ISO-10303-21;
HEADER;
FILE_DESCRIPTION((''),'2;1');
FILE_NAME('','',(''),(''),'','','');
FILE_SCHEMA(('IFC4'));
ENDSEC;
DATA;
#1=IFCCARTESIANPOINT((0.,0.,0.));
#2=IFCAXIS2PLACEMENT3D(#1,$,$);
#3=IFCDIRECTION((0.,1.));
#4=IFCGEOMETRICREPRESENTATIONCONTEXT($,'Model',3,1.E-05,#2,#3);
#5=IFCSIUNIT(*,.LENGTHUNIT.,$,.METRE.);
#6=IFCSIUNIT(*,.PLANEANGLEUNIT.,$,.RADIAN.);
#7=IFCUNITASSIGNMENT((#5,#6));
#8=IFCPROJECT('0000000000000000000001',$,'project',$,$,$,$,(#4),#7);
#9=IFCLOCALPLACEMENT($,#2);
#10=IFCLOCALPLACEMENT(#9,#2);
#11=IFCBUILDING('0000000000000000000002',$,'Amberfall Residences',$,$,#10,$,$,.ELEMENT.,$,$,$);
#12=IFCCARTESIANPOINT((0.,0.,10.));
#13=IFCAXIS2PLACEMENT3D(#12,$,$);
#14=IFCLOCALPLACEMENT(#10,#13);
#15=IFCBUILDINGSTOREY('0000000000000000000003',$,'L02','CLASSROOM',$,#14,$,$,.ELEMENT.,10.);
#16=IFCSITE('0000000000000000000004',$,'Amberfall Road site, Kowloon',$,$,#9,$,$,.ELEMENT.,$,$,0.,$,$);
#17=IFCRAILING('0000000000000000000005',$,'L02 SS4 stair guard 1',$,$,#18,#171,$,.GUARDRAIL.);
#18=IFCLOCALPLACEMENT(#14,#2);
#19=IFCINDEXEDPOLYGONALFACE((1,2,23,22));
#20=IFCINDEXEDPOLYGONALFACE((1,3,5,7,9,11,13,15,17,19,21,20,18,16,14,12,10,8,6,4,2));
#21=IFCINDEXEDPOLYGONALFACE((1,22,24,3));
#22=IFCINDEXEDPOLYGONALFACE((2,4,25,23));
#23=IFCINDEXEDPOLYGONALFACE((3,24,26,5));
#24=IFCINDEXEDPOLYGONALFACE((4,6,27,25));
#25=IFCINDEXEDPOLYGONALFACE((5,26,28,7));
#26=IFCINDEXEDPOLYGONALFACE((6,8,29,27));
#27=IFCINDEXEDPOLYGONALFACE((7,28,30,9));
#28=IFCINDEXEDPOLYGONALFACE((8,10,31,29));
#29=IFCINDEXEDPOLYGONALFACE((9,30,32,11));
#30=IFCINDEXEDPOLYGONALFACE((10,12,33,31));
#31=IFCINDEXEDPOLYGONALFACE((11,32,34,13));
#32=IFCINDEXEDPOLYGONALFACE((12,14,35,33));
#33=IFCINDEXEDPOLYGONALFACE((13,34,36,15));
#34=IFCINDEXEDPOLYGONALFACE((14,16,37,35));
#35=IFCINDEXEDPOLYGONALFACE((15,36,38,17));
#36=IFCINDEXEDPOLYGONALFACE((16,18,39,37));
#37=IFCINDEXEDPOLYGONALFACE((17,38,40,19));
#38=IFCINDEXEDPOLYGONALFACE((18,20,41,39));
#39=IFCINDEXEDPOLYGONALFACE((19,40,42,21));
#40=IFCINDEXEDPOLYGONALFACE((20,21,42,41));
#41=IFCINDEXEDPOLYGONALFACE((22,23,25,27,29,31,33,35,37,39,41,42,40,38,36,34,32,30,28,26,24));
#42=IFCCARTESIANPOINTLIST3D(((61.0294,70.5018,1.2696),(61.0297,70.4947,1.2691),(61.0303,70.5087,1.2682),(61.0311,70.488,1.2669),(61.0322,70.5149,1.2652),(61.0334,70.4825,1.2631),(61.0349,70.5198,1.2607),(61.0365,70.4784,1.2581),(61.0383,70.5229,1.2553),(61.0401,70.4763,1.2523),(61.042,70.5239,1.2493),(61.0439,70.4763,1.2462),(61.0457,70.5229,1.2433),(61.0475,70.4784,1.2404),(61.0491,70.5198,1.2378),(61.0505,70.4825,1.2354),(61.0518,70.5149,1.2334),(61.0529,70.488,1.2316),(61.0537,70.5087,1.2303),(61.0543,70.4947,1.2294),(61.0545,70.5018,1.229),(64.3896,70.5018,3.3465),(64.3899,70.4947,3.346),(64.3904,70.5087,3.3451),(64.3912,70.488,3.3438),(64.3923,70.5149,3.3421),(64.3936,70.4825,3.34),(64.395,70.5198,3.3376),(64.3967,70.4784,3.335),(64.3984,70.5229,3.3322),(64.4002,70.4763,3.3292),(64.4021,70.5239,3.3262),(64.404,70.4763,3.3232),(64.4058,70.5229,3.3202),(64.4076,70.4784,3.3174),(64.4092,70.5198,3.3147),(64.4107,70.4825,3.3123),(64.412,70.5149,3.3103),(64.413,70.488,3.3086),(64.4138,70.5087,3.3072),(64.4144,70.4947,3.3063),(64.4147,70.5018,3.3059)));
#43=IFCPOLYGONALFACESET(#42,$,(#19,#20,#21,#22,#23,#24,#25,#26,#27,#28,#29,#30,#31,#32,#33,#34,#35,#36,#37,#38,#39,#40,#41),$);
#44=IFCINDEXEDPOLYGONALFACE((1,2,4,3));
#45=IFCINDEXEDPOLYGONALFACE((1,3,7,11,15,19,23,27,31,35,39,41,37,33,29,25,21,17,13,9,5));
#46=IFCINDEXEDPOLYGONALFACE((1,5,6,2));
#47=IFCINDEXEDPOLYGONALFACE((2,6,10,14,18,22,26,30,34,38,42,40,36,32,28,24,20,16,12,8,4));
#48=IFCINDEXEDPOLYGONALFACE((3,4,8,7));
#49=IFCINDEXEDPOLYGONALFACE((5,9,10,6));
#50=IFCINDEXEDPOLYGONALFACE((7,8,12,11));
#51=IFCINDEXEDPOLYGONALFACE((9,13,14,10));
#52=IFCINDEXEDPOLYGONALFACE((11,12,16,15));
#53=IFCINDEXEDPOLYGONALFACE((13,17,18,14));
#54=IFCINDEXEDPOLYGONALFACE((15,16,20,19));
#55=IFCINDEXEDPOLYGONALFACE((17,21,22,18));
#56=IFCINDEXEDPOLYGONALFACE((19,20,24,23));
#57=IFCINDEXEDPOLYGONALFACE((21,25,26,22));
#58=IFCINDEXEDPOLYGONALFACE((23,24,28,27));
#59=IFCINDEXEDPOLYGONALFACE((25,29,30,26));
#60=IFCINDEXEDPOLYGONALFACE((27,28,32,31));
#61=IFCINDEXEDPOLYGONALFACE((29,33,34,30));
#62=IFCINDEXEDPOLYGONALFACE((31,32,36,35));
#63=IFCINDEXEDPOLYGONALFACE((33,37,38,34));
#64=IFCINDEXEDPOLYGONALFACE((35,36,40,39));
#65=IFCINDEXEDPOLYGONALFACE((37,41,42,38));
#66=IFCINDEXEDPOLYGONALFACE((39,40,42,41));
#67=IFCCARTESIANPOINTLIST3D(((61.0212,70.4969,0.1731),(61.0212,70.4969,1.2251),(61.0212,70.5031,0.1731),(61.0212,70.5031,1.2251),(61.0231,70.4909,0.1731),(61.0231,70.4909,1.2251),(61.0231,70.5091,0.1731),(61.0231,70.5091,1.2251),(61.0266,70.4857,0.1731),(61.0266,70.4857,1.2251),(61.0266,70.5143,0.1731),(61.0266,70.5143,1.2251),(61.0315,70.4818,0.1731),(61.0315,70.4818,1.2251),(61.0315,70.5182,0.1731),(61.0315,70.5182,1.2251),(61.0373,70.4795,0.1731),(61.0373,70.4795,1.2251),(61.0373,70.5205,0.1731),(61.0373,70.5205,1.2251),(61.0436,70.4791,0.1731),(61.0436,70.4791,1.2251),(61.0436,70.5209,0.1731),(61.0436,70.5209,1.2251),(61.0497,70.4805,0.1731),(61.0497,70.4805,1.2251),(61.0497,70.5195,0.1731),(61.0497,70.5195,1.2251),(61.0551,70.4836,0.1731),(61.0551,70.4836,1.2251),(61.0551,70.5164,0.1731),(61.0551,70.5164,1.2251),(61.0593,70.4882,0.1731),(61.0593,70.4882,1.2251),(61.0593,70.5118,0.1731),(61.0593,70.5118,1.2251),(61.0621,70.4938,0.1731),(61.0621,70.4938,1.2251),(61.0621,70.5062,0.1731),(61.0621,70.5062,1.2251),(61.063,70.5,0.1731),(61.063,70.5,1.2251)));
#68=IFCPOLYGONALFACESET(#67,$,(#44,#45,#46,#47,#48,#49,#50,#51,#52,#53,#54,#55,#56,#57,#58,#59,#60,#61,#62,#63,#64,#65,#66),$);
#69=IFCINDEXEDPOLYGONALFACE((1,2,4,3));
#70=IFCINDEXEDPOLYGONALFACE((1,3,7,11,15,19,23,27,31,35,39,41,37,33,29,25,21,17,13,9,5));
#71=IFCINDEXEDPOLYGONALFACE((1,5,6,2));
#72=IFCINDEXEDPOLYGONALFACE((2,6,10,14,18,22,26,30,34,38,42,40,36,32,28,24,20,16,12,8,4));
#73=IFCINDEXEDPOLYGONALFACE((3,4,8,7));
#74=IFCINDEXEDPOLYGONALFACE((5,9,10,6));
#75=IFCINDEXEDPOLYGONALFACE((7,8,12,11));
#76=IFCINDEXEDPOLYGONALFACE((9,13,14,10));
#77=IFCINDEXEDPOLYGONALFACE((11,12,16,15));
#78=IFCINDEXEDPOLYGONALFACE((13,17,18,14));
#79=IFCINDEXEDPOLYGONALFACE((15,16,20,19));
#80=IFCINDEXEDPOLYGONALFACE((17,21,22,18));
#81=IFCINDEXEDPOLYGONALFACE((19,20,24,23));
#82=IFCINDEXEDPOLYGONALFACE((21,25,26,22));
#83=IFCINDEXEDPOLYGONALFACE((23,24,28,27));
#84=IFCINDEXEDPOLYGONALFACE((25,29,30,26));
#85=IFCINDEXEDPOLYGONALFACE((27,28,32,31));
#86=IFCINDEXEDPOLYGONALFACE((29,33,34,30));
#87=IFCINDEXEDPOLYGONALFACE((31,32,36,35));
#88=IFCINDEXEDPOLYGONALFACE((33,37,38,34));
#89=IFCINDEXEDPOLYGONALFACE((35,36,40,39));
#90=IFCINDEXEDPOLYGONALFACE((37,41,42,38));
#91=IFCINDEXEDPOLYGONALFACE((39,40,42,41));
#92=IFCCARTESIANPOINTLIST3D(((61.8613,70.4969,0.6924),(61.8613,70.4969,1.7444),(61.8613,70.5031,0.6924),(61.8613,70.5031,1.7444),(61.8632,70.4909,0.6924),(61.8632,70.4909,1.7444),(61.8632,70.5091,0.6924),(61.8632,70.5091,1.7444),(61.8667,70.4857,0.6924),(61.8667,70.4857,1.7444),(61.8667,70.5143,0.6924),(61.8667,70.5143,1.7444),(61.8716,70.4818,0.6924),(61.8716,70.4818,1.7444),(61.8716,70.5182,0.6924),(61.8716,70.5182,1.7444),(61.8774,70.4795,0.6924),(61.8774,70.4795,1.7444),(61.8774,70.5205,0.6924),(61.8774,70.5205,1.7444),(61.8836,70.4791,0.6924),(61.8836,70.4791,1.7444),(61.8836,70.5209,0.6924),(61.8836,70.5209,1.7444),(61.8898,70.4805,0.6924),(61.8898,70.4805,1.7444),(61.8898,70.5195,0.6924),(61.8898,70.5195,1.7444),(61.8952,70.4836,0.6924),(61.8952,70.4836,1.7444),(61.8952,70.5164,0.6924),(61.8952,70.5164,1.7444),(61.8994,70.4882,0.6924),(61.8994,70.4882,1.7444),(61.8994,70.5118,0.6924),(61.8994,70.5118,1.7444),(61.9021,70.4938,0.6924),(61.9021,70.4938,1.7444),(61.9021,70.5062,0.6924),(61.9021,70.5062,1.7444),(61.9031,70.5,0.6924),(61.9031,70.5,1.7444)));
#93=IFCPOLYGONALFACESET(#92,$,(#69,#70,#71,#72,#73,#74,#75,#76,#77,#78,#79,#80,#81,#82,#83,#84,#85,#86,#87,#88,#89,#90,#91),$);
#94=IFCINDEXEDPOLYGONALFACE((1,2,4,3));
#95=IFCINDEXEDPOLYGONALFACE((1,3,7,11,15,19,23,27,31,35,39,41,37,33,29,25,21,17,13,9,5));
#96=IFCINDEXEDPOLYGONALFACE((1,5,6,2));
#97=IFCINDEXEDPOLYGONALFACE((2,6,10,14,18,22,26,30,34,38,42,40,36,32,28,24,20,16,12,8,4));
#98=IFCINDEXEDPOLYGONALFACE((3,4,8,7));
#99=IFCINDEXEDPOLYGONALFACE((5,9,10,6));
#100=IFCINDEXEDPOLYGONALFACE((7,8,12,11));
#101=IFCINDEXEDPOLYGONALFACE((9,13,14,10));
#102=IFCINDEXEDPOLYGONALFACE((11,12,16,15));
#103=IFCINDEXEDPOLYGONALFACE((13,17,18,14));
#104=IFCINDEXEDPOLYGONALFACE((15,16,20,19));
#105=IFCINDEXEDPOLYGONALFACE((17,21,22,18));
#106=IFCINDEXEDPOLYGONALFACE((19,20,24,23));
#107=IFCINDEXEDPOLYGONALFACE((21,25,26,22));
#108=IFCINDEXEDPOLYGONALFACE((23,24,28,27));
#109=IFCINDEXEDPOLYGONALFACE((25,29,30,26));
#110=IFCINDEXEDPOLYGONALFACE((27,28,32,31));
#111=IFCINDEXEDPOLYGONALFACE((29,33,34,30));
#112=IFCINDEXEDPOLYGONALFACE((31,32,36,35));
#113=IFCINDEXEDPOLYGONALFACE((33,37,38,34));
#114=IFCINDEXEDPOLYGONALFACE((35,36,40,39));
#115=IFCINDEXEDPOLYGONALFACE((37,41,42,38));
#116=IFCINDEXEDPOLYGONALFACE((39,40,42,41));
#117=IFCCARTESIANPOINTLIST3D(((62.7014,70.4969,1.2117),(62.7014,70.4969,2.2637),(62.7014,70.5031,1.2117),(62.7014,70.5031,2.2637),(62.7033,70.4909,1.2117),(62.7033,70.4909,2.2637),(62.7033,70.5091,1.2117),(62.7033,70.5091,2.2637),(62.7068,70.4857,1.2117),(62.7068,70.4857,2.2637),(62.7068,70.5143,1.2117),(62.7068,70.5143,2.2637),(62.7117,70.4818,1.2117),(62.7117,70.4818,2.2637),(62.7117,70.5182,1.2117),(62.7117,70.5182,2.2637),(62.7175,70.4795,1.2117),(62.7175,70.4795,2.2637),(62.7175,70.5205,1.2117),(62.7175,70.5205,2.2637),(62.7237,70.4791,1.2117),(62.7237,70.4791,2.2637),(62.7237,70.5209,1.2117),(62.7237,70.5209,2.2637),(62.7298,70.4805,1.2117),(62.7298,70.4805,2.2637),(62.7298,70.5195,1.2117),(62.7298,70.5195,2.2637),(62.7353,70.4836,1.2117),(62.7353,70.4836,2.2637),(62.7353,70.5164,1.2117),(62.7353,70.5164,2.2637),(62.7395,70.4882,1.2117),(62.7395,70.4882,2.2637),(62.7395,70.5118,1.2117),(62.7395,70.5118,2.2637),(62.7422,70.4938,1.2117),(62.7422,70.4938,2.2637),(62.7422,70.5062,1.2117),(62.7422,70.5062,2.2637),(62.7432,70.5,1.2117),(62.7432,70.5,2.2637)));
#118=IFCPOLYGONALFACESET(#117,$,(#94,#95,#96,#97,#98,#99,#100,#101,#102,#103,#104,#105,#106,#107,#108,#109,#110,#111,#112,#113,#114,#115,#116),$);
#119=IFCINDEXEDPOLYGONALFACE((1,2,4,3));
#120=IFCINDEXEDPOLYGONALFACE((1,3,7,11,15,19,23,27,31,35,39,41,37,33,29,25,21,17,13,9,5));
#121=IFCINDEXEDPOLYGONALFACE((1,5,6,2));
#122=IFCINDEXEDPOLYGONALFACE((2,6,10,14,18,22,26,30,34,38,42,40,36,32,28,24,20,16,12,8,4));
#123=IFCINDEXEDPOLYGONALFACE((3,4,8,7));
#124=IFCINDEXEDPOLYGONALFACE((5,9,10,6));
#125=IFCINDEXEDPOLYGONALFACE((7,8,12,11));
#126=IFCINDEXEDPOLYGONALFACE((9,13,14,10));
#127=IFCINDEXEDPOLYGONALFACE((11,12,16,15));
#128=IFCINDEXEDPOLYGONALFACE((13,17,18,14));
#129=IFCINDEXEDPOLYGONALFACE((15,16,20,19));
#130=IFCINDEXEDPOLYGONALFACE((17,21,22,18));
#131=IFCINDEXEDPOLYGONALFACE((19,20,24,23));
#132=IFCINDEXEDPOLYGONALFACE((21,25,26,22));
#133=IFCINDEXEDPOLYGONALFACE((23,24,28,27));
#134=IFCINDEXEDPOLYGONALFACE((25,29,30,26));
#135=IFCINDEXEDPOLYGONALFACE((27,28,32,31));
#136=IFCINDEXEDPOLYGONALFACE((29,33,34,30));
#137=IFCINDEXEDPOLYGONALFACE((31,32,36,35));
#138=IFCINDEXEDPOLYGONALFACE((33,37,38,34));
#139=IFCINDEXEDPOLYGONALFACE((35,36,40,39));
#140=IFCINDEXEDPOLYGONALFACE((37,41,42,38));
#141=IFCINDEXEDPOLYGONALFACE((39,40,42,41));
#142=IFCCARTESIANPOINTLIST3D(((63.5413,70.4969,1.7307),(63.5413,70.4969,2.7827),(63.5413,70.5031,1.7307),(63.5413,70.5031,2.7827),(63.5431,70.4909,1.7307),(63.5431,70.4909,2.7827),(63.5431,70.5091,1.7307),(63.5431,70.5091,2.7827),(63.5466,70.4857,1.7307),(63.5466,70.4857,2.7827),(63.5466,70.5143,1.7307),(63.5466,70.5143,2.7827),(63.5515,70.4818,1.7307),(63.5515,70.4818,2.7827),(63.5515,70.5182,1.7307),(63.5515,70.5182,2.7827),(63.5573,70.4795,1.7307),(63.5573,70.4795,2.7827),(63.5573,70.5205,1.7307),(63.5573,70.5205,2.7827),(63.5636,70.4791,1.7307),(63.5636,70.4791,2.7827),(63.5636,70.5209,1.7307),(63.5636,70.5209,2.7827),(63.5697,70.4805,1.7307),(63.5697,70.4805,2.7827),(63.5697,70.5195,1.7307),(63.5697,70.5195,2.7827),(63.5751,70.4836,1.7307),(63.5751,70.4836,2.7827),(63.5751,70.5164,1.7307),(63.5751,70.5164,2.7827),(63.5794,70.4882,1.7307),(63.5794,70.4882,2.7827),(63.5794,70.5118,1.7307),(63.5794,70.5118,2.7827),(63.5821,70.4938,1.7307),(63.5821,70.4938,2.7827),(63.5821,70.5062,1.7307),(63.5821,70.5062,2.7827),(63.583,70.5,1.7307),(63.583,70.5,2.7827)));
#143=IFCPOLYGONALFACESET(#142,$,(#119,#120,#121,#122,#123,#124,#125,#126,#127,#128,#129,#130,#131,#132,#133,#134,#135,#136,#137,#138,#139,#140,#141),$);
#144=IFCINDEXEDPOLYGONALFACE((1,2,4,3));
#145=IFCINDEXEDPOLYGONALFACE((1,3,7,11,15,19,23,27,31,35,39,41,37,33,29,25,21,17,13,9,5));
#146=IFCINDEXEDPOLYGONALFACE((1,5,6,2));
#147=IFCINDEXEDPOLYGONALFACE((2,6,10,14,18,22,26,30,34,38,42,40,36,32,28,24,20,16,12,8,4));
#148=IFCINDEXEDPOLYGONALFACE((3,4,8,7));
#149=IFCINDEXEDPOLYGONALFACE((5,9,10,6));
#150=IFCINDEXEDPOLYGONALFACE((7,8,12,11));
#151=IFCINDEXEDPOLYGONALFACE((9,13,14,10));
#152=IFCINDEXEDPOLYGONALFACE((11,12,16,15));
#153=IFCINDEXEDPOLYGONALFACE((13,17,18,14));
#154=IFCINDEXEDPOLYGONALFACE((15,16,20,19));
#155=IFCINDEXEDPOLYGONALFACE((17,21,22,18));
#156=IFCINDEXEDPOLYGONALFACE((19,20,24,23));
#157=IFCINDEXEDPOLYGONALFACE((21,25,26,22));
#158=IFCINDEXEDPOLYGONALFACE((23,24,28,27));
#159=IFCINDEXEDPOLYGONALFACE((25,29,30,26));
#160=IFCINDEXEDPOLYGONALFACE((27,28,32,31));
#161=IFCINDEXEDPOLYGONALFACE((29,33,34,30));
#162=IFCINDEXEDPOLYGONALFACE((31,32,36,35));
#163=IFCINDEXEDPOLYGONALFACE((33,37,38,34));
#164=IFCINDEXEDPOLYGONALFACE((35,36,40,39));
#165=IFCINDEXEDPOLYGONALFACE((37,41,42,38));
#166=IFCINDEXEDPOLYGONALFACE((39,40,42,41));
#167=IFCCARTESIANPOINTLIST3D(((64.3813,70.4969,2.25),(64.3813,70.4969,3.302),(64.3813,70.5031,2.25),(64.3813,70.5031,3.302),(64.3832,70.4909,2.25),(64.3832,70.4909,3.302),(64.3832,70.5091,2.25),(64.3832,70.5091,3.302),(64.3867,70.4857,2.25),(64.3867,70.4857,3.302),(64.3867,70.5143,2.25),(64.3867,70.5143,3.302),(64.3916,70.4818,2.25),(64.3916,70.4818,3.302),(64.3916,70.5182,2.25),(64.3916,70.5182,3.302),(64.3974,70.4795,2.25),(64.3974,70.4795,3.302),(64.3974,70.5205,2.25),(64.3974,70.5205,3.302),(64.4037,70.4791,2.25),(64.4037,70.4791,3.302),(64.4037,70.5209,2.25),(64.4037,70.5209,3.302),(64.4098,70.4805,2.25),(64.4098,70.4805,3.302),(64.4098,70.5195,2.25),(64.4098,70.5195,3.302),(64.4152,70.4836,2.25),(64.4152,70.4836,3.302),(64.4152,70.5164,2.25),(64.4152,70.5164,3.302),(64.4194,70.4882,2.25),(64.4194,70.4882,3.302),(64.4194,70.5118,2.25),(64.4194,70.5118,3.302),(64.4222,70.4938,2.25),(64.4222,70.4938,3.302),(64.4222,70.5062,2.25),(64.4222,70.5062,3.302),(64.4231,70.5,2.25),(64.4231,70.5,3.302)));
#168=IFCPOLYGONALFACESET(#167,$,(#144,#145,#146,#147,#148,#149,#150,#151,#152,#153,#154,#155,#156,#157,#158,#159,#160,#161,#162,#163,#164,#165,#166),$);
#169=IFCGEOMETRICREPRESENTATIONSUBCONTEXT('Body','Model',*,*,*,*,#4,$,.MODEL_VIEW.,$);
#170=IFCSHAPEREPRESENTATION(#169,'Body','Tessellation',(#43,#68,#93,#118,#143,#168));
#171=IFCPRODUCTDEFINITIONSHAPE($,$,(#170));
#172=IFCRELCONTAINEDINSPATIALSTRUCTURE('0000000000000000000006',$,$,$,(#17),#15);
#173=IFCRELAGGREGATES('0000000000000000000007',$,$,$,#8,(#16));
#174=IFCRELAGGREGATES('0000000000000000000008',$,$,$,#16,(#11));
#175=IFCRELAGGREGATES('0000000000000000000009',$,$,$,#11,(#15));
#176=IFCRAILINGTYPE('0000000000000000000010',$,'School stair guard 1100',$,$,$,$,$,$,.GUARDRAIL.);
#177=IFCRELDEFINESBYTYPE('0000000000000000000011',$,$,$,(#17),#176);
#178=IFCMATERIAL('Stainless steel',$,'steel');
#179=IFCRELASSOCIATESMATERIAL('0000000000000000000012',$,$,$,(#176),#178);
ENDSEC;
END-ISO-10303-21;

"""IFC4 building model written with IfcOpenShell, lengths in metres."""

from ifc_helpers import new_model, si_unit, direction, frame, origin, origin_2d, place, context, subcontext, project, spatial, circle, extrude, material, type_object, element, save


model = new_model("IFC4")

# Units and contexts
model_context = context("Model", 3, precision=1e-05, world=origin(), true_north=direction((0.0, 1.0)))
body_context = subcontext(model_context, "Body", "Model", "MODEL_VIEW")
ifc_project = project(units=[si_unit("LENGTHUNIT", "METRE"), si_unit("PLANEANGLEUNIT", "RADIAN")], contexts=[model_context])

# Site, building, storey
site_placement = place(None, origin())
site = spatial("IfcSite", under=ifc_project, at=site_placement, Name="Amberfall Road site, Kowloon", CompositionType="ELEMENT", RefElevation=0.0)
building_placement = place(site_placement, origin())
building = spatial("IfcBuilding", under=site, at=building_placement, Name="Amberfall Residences", CompositionType="ELEMENT")
storey_placement = place(building_placement, frame((0.0, 0.0, 10.0)))
storey = spatial("IfcBuildingStorey", under=building, at=storey_placement, Name="L02", Description="CLASSROOM", CompositionType="ELEMENT", Elevation=10.0)

# Railing
ifc_material_1 = material(Name="Stainless steel", Category="steel")
railing_type_1 = type_object("IfcRailingType", Name="School stair guard 1100", PredefinedType="GUARDRAIL", material=ifc_material_1)
railing_1_placement = place(storey_placement, frame((61.042, 70.5, 0.1731)))
element("IfcRailing", 1, at=railing_1_placement, inside=storey, type_object=railing_type_1, Name="L02 SS4 stair guard 1", PredefinedType="GUARDRAIL", context=body_context, shape_type="SweptSolid", body=[
    extrude(circle(Radius=0.0239, at=origin_2d()), frame((0.0, 0.0, 1.0762), z_axis=(0.850623, 0.0, 0.525776), x_axis=(0.0, 1.0, 0.0)), (0.0, 0.0, 1.0), 3.9502),
    extrude(circle(Radius=0.021, at=origin_2d()), origin(), (0.0, 0.0, 1.0), 1.052),
    extrude(circle(Radius=0.021, at=origin_2d()), frame((0.8401, 0.0, 0.5193)), (0.0, 0.0, 1.0), 1.052),
    extrude(circle(Radius=0.021, at=origin_2d()), frame((1.6802, 0.0, 1.0386)), (0.0, 0.0, 1.0), 1.052),
    extrude(circle(Radius=0.021, at=origin_2d()), frame((2.52, 0.0, 1.5576)), (0.0, 0.0, 1.0), 1.052),
    extrude(circle(Radius=0.021, at=origin_2d()), frame((3.3601, 0.0, 2.0769)), (0.0, 0.0, 1.0), 1.052),
])

save(model, "model.ifc")
